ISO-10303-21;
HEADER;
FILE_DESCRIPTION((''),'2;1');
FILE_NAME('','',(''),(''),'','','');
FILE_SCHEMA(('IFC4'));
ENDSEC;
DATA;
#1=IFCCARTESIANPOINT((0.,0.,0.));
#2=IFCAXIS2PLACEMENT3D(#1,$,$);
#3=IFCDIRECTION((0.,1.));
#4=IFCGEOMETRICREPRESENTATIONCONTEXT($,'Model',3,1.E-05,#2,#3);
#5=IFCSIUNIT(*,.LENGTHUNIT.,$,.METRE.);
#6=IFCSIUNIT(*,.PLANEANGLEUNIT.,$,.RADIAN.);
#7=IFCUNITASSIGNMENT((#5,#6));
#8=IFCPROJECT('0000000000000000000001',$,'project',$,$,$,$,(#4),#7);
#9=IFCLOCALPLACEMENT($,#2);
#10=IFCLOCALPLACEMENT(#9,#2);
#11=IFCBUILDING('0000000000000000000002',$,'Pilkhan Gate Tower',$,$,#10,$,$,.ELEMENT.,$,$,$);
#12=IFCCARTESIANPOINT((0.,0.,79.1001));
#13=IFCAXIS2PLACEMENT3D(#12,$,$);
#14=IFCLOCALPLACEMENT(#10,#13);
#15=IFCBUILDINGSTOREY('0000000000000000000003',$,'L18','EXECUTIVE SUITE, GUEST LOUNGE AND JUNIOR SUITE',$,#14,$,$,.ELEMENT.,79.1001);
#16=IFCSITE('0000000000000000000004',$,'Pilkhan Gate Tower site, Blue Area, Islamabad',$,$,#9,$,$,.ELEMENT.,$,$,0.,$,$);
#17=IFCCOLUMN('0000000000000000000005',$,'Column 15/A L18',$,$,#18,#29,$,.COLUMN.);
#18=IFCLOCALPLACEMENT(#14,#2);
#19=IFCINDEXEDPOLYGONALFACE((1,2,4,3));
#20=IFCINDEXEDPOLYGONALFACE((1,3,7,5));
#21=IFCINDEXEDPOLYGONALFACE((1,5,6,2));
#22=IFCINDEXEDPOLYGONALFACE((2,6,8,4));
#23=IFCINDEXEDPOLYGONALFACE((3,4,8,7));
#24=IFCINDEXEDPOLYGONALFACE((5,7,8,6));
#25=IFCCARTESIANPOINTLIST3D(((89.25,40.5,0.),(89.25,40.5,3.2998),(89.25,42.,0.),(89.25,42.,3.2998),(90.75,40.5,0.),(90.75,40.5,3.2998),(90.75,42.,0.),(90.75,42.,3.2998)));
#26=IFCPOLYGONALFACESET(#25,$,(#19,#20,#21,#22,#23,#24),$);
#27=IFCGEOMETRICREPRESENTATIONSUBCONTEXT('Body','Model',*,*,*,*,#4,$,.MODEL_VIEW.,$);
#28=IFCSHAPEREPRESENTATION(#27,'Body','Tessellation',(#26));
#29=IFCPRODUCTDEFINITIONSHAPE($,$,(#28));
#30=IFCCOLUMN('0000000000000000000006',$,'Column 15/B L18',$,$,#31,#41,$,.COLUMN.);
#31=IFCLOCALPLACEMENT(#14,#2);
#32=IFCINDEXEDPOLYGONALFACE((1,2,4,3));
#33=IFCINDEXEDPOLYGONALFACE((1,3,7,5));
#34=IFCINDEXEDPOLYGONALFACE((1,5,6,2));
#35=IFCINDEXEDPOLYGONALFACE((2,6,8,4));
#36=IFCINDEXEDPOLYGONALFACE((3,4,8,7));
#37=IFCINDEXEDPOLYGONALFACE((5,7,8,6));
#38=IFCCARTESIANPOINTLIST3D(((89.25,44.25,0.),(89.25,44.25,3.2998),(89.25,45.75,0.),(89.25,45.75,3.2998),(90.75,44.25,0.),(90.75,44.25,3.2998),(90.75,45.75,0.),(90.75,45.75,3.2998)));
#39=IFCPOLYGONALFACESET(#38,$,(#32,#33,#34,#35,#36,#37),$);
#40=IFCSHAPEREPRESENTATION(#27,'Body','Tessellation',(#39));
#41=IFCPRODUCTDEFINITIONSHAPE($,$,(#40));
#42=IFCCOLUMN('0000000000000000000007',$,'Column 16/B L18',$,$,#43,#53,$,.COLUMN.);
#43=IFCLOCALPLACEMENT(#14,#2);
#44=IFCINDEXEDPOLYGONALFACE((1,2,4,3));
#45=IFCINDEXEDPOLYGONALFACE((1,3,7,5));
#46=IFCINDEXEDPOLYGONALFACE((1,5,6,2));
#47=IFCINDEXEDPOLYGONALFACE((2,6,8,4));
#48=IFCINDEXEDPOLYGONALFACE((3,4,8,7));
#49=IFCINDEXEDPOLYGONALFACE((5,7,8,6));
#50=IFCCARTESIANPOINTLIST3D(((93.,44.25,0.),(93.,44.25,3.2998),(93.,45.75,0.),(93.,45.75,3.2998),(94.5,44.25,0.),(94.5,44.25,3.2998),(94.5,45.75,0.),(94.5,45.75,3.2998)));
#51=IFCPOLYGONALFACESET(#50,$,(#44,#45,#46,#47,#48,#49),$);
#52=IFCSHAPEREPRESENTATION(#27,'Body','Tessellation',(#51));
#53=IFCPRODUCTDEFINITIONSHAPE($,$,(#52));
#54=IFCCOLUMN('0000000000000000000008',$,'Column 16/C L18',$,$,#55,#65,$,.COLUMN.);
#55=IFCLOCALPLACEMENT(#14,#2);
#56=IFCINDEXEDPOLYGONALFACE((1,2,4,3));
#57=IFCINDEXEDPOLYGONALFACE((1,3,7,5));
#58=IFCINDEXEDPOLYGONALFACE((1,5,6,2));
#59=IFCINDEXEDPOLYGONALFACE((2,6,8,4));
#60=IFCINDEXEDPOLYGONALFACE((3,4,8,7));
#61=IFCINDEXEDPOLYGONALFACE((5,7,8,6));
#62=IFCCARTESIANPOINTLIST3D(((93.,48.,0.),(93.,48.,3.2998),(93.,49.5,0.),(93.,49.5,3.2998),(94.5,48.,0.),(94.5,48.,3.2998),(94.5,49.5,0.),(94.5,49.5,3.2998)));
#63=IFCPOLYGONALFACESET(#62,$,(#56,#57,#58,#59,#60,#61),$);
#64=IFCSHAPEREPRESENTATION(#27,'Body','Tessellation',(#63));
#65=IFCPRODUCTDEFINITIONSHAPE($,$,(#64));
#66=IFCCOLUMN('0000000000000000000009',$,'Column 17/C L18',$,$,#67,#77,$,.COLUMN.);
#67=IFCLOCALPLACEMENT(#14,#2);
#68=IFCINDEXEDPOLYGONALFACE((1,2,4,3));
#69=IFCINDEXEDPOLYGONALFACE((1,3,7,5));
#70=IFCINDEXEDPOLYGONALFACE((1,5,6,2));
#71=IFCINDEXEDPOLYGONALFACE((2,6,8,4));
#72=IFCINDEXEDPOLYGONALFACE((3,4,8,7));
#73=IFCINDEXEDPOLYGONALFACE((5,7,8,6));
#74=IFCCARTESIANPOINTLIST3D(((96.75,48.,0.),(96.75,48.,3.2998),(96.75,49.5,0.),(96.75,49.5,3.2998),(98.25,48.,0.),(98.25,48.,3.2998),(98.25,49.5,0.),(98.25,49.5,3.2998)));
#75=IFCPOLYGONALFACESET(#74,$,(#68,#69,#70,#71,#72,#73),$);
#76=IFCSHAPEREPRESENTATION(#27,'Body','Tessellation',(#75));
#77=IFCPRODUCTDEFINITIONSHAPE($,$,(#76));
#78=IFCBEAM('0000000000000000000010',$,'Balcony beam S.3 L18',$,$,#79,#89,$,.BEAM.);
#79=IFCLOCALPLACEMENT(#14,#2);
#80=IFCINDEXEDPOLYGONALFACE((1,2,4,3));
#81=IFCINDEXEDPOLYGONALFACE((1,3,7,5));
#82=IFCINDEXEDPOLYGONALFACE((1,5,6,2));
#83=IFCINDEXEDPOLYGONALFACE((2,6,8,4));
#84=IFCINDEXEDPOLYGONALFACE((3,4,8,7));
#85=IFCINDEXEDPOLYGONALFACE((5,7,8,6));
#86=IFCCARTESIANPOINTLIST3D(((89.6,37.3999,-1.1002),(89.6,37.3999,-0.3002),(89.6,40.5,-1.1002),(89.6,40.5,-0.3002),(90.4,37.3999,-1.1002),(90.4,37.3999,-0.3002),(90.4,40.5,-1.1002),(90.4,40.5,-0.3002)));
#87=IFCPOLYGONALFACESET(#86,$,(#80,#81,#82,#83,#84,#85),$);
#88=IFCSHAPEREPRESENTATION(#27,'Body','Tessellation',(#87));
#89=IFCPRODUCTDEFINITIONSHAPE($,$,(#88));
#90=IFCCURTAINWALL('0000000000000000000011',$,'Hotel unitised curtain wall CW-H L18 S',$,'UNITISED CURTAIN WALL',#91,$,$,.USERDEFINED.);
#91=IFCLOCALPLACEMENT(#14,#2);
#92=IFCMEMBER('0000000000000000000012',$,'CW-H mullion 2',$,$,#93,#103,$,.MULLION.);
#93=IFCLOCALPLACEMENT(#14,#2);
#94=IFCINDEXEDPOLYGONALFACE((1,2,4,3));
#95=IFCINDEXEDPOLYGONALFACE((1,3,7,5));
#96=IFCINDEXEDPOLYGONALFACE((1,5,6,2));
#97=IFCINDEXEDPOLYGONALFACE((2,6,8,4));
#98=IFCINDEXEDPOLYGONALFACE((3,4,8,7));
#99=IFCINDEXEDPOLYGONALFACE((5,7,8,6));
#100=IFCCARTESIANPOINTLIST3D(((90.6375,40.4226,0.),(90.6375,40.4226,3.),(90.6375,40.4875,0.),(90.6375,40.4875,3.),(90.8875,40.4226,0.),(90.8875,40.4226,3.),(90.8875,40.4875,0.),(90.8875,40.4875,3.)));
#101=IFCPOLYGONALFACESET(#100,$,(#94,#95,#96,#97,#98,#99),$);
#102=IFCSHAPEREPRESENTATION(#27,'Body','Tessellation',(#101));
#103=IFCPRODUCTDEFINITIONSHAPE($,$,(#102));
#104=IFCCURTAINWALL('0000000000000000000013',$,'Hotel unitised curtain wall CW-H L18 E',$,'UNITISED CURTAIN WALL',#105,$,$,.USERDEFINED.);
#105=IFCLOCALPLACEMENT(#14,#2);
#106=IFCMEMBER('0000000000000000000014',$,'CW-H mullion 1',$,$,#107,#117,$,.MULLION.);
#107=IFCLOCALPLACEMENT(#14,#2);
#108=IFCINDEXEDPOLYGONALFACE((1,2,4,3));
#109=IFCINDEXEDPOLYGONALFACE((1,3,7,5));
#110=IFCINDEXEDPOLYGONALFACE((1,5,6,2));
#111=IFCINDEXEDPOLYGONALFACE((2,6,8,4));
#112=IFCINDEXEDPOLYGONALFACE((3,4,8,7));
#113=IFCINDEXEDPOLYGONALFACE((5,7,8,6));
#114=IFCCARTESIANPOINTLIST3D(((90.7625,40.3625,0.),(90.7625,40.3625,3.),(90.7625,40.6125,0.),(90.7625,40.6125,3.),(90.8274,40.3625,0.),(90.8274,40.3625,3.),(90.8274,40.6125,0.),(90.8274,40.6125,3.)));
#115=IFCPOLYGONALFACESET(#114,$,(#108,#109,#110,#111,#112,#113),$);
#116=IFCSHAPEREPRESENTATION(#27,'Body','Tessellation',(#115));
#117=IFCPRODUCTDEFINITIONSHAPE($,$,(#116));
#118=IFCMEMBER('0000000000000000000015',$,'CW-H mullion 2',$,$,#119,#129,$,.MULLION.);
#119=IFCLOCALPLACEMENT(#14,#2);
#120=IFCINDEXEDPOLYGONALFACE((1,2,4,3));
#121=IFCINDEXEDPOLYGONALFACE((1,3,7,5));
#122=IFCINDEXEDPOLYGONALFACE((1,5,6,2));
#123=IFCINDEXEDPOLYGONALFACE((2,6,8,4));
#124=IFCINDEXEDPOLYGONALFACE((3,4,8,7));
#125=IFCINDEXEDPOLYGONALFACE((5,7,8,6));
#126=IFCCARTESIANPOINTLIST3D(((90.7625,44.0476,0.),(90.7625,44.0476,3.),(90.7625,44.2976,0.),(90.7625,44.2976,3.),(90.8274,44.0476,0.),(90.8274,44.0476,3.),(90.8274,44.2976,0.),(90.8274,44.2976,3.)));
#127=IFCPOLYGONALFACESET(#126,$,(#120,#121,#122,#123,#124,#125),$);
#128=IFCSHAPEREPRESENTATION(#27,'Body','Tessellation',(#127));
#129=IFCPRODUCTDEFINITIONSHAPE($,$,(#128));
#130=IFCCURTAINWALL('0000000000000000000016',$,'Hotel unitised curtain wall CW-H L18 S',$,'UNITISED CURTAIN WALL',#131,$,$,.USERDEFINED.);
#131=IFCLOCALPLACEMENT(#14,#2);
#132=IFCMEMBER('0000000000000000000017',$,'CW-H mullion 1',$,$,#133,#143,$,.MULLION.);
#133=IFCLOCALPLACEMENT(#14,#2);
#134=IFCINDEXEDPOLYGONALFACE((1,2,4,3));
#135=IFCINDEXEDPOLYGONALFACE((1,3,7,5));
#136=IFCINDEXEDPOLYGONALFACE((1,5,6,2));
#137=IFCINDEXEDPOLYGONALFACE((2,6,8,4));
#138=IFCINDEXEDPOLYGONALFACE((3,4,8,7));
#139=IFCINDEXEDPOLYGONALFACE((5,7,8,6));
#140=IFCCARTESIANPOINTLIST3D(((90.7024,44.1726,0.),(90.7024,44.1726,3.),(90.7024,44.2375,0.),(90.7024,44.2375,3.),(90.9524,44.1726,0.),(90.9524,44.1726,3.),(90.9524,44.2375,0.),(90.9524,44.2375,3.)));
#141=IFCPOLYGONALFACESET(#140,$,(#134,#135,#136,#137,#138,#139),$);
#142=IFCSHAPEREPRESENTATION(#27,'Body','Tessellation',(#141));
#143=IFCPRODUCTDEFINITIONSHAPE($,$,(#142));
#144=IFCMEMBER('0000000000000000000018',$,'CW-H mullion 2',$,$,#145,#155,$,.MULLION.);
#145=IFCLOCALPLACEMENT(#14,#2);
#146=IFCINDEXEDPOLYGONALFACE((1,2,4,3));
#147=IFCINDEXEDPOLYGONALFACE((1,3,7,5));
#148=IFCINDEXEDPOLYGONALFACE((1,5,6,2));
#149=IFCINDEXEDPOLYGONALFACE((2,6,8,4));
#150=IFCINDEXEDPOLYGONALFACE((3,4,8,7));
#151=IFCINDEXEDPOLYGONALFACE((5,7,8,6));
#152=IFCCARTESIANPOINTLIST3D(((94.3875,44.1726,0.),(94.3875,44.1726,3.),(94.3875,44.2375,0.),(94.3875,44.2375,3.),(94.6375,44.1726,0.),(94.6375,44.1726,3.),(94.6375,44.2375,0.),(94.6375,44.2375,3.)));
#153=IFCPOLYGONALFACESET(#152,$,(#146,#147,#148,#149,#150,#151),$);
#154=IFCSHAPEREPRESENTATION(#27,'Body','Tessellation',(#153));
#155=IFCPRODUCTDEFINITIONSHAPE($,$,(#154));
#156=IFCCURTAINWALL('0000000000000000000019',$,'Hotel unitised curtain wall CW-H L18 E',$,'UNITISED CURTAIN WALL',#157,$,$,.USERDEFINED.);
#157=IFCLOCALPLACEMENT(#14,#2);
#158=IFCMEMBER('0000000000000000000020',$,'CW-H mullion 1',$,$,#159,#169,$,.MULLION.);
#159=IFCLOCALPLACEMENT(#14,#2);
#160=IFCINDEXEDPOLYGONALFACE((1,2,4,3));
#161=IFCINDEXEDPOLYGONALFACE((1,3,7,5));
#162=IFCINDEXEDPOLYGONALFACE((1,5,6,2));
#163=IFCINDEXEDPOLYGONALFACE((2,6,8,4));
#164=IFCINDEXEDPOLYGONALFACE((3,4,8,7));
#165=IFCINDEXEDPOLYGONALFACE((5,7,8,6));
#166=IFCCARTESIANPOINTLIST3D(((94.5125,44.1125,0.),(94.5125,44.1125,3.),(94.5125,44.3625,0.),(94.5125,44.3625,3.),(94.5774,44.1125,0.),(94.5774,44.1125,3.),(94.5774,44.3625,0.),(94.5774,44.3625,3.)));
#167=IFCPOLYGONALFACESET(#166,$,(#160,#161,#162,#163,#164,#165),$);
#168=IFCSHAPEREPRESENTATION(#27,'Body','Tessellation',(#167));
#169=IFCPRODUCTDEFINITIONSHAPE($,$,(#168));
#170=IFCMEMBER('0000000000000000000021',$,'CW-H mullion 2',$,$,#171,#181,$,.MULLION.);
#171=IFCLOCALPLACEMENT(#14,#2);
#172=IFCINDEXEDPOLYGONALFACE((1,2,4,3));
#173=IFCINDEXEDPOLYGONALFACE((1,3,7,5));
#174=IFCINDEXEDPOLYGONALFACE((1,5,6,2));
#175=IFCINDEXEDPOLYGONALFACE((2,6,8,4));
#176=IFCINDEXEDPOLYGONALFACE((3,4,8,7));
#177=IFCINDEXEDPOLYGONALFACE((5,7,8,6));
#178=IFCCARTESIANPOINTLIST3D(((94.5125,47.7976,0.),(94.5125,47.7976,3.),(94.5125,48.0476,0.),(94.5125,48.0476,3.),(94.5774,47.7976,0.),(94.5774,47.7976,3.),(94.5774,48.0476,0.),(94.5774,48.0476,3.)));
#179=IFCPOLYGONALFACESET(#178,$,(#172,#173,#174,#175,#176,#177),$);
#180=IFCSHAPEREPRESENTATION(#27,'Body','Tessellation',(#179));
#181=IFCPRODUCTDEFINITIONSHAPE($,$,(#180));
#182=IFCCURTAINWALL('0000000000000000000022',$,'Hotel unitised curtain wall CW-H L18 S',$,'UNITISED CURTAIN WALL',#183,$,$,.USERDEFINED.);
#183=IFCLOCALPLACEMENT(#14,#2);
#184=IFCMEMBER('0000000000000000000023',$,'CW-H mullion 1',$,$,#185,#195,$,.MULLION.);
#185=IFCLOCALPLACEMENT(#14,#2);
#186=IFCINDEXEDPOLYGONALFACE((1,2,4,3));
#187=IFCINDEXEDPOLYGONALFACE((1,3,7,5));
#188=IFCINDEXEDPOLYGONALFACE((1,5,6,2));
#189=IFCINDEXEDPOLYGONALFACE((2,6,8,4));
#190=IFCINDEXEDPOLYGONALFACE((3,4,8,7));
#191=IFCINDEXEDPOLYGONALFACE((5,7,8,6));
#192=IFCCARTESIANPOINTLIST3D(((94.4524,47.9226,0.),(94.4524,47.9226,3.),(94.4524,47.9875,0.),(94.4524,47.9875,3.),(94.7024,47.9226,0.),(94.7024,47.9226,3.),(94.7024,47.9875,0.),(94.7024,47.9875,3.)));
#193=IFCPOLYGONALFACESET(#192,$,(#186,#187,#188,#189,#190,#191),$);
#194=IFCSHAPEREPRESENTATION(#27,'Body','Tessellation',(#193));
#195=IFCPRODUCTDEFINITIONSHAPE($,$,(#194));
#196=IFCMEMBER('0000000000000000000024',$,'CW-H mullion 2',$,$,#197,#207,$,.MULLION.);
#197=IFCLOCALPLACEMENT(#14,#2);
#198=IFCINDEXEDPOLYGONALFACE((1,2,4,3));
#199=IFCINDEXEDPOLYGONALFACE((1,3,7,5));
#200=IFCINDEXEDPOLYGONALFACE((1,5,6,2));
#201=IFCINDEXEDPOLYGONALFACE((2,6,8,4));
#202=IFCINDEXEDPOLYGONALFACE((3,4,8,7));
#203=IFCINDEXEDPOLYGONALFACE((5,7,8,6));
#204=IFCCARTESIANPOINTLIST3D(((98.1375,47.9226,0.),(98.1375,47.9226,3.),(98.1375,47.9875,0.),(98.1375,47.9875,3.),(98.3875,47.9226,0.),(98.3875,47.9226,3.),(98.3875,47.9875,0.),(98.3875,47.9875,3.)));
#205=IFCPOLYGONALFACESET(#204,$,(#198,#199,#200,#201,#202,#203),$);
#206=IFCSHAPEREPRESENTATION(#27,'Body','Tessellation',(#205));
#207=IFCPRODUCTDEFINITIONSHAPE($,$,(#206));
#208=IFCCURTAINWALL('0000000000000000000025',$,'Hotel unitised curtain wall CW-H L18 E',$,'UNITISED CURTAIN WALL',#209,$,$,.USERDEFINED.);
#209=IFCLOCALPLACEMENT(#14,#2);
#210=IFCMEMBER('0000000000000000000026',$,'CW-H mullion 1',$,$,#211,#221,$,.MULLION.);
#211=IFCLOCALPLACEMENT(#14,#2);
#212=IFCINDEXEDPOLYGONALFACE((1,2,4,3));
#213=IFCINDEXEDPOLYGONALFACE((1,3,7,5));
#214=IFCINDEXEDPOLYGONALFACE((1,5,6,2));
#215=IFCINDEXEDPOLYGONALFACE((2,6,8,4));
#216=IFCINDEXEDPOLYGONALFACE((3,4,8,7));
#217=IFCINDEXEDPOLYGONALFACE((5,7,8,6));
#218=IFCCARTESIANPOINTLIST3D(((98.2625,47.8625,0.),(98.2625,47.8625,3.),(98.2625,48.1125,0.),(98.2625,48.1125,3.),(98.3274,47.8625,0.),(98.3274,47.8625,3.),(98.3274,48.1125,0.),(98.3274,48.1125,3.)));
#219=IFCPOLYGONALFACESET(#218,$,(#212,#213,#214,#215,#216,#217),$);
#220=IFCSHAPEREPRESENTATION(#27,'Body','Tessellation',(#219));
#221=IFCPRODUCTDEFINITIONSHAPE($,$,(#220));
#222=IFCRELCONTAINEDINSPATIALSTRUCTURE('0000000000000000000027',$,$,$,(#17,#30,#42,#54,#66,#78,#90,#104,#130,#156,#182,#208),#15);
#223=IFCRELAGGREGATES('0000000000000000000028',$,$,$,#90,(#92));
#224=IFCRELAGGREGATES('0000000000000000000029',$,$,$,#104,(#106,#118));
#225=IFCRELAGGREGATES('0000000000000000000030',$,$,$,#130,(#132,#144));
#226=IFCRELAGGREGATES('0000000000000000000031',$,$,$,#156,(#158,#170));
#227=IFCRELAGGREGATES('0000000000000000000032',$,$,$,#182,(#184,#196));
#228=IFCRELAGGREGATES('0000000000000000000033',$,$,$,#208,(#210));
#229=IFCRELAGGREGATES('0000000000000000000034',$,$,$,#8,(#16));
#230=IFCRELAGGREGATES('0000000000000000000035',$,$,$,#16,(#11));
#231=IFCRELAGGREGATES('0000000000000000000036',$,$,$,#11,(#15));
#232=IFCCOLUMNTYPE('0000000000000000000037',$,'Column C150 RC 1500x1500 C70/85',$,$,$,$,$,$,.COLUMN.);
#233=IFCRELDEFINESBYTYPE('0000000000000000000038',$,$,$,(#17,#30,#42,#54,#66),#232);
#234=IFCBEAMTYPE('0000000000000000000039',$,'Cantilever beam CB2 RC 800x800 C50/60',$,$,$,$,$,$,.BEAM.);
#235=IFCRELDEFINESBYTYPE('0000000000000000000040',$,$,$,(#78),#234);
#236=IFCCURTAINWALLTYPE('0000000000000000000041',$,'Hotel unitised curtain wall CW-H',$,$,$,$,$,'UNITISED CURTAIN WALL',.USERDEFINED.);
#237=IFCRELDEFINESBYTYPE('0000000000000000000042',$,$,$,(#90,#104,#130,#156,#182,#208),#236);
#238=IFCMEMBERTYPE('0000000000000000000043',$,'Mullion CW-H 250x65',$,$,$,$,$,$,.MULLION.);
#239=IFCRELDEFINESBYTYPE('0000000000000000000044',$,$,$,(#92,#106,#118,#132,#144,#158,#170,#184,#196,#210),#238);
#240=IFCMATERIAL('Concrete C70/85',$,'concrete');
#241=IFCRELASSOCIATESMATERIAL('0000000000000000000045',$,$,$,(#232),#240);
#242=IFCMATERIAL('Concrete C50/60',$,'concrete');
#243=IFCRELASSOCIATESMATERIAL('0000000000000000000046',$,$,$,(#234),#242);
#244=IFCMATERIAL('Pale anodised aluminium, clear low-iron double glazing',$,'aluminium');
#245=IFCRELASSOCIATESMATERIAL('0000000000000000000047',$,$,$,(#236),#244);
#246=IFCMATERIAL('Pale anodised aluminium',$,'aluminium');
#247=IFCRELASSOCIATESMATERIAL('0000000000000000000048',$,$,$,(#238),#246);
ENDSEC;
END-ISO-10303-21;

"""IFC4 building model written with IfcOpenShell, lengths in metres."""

from ifc_helpers import new_model, si_unit, direction, frame, origin, origin_2d, place, context, subcontext, project, spatial, rectangle, extrude, material, material_profile, profile_set, type_object, element, aggregate, save


model = new_model("IFC4")

# Units and contexts
model_context = context("Model", 3, precision=1e-05, world=origin(), true_north=direction((0.0, 1.0)))
body_context = subcontext(model_context, "Body", "Model", "MODEL_VIEW")
ifc_project = project(units=[si_unit("LENGTHUNIT", "METRE"), si_unit("PLANEANGLEUNIT", "RADIAN")], contexts=[model_context])

# Site, building, storey
site_placement = place(None, origin())
site = spatial("IfcSite", under=ifc_project, at=site_placement, Name="Pilkhan Gate Tower site, Blue Area, Islamabad", CompositionType="ELEMENT", RefElevation=0.0)
building_placement = place(site_placement, origin())
building = spatial("IfcBuilding", under=site, at=building_placement, Name="Pilkhan Gate Tower", CompositionType="ELEMENT")
storey_placement = place(building_placement, frame((0.0, 0.0, 79.1001)))
storey = spatial("IfcBuildingStorey", under=building, at=storey_placement, Name="L18", Description="EXECUTIVE SUITE, GUEST LOUNGE AND JUNIOR SUITE", CompositionType="ELEMENT", Elevation=79.1001)

# Columns
ifc_material_1 = material(Name="Concrete C70/85", Category="concrete")
ifc_material_profile_1 = material_profile(ifc_material_1, rectangle(XDim=1.5, YDim=1.5, at=origin_2d()), Name="RC 1500x1500")
ifc_profile_set_1 = profile_set([ifc_material_profile_1], Name="Concrete C70/85")
column_type = type_object("IfcColumnType", Name="Column C150 RC 1500x1500 C70/85", PredefinedType="COLUMN", material=ifc_profile_set_1)
for number, where, z_axis, x_axis, name in (
    (1, (90.0, 41.25, 0.0), (0.0, 0.0, 1.0), (1.0, 0.0, 0.0), "Column 15/A L18"),
    (2, (90.0, 45.0, 0.0), (0.0, 0.0, 1.0), (1.0, 0.0, 0.0), "Column 15/B L18"),
    (3, (93.75, 45.0, 0.0), (0.0, 0.0, 1.0), (1.0, 0.0, 0.0), "Column 16/B L18"),
    (4, (93.75, 48.75, 0.0), (0.0, 0.0, 1.0), (1.0, 0.0, 0.0), "Column 16/C L18"),
    (5, (97.5, 48.75, 0.0), (0.0, 0.0, 1.0), (1.0, 0.0, 0.0), "Column 17/C L18"),
):
    element("IfcColumn", number, at=place(storey_placement, frame(where, z_axis=z_axis, x_axis=x_axis)), inside=storey, type_object=column_type, Name=name, PredefinedType="COLUMN", context=body_context, shape_type="SweptSolid", body=[
        extrude(rectangle(XDim=1.5, YDim=1.5, at=origin_2d()), origin(), (0.0, 0.0, 1.0), 3.2998),
    ])

# Beam
ifc_material_2 = material(Name="Concrete C50/60", Category="concrete")
ifc_material_profile_2 = material_profile(ifc_material_2, rectangle(XDim=0.8, YDim=0.8, at=origin_2d()), Name="RC 800x800")
ifc_profile_set_2 = profile_set([ifc_material_profile_2], Name="Concrete C50/60")
beam_type = type_object("IfcBeamType", Name="Cantilever beam CB2 RC 800x800 C50/60", PredefinedType="BEAM", material=ifc_profile_set_2)
beam_placement = place(storey_placement, frame((90.0, 40.5, -0.7002), z_axis=(0.0, -1.0, 0.0), x_axis=(1.0, 0.0, 0.0)))
element("IfcBeam", 6, at=beam_placement, inside=storey, type_object=beam_type, Name="Balcony beam S.3 L18", PredefinedType="BEAM", context=body_context, shape_type="SweptSolid", body=[
    extrude(rectangle(XDim=0.8, YDim=0.8, at=origin_2d()), origin(), (0.0, 0.0, 1.0), 3.1001),
])

# Curtain wall, member
ifc_material_3 = material(Name="Pale anodised aluminium, clear low-iron double glazing", Category="aluminium")
curtain_wall_type = type_object("IfcCurtainWallType", Name="Hotel unitised curtain wall CW-H", ElementType="UNITISED CURTAIN WALL", PredefinedType="USERDEFINED", material=ifc_material_3)
curtain_wall_1_placement = place(storey_placement, origin())
curtain_wall_1 = element("IfcCurtainWall", 7, at=curtain_wall_1_placement, inside=storey, type_object=curtain_wall_type, Name="Hotel unitised curtain wall CW-H L18 S", ObjectType="UNITISED CURTAIN WALL", PredefinedType="USERDEFINED")
ifc_material_4 = material(Name="Pale anodised aluminium", Category="aluminium")
ifc_material_profile_3 = material_profile(ifc_material_4, rectangle(XDim=0.0649, YDim=0.25, at=origin_2d()), Name="Mullion 250x65")
ifc_profile_set_3 = profile_set([ifc_material_profile_3], Name="Pale anodised aluminium")
member_type_1 = type_object("IfcMemberType", Name="Mullion CW-H 250x65", PredefinedType="MULLION", material=ifc_profile_set_3)
member_1_placement = place(storey_placement, frame((90.7625, 40.4551, 0.0), z_axis=(0.0, 0.0, 1.0), x_axis=(0.0, 1.0, 0.0)))
member_1 = element("IfcMember", 8, at=member_1_placement, type_object=member_type_1, Name="CW-H mullion 2", PredefinedType="MULLION", context=body_context, shape_type="SweptSolid", body=[
    extrude(rectangle(XDim=0.0649, YDim=0.25, at=origin_2d()), origin(), (0.0, 0.0, 1.0), 3.0),
])

# Curtain walls, members
curtain_wall_2_placement = place(storey_placement, origin())
curtain_wall_2 = element("IfcCurtainWall", 9, at=curtain_wall_2_placement, inside=storey, type_object=curtain_wall_type, Name="Hotel unitised curtain wall CW-H L18 E", ObjectType="UNITISED CURTAIN WALL", PredefinedType="USERDEFINED")
member_2_placement = place(storey_placement, frame((90.7949, 40.4875, 0.0), z_axis=(0.0, 0.0, 1.0), x_axis=(-1.0, 0.0, 0.0)))
member_2 = element("IfcMember", 10, at=member_2_placement, type_object=member_type_1, Name="CW-H mullion 1", PredefinedType="MULLION", context=body_context, shape_type="SweptSolid", body=[
    extrude(rectangle(XDim=0.0649, YDim=0.25, at=origin_2d()), origin(), (0.0, 0.0, 1.0), 3.0),
])
member_3_placement = place(storey_placement, frame((90.7949, 44.1726, 0.0), z_axis=(0.0, 0.0, 1.0), x_axis=(-1.0, 0.0, 0.0)))
member_3 = element("IfcMember", 11, at=member_3_placement, type_object=member_type_1, Name="CW-H mullion 2", PredefinedType="MULLION", context=body_context, shape_type="SweptSolid", body=[
    extrude(rectangle(XDim=0.0649, YDim=0.25, at=origin_2d()), origin(), (0.0, 0.0, 1.0), 3.0),
])
curtain_wall_3_placement = place(storey_placement, origin())
curtain_wall_3 = element("IfcCurtainWall", 12, at=curtain_wall_3_placement, inside=storey, type_object=curtain_wall_type, Name="Hotel unitised curtain wall CW-H L18 S", ObjectType="UNITISED CURTAIN WALL", PredefinedType="USERDEFINED")
member_4_placement = place(storey_placement, frame((90.8274, 44.2051, 0.0), z_axis=(0.0, 0.0, 1.0), x_axis=(0.0, 1.0, 0.0)))
member_4 = element("IfcMember", 13, at=member_4_placement, type_object=member_type_1, Name="CW-H mullion 1", PredefinedType="MULLION", context=body_context, shape_type="SweptSolid", body=[
    extrude(rectangle(XDim=0.0649, YDim=0.25, at=origin_2d()), origin(), (0.0, 0.0, 1.0), 3.0),
])
member_5_placement = place(storey_placement, frame((94.5125, 44.2051, 0.0), z_axis=(0.0, 0.0, 1.0), x_axis=(0.0, 1.0, 0.0)))
member_5 = element("IfcMember", 14, at=member_5_placement, type_object=member_type_1, Name="CW-H mullion 2", PredefinedType="MULLION", context=body_context, shape_type="SweptSolid", body=[
    extrude(rectangle(XDim=0.0649, YDim=0.25, at=origin_2d()), origin(), (0.0, 0.0, 1.0), 3.0),
])
curtain_wall_4_placement = place(storey_placement, origin())
curtain_wall_4 = element("IfcCurtainWall", 15, at=curtain_wall_4_placement, inside=storey, type_object=curtain_wall_type, Name="Hotel unitised curtain wall CW-H L18 E", ObjectType="UNITISED CURTAIN WALL", PredefinedType="USERDEFINED")
member_6_placement = place(storey_placement, frame((94.5449, 44.2375, 0.0), z_axis=(0.0, 0.0, 1.0), x_axis=(-1.0, 0.0, 0.0)))
member_6 = element("IfcMember", 16, at=member_6_placement, type_object=member_type_1, Name="CW-H mullion 1", PredefinedType="MULLION", context=body_context, shape_type="SweptSolid", body=[
    extrude(rectangle(XDim=0.0649, YDim=0.25, at=origin_2d()), origin(), (0.0, 0.0, 1.0), 3.0),
])
member_7_placement = place(storey_placement, frame((94.5449, 47.9226, 0.0), z_axis=(0.0, 0.0, 1.0), x_axis=(-1.0, 0.0, 0.0)))
member_7 = element("IfcMember", 17, at=member_7_placement, type_object=member_type_1, Name="CW-H mullion 2", PredefinedType="MULLION", context=body_context, shape_type="SweptSolid", body=[
    extrude(rectangle(XDim=0.0649, YDim=0.25, at=origin_2d()), origin(), (0.0, 0.0, 1.0), 3.0),
])
curtain_wall_5_placement = place(storey_placement, origin())
curtain_wall_5 = element("IfcCurtainWall", 18, at=curtain_wall_5_placement, inside=storey, type_object=curtain_wall_type, Name="Hotel unitised curtain wall CW-H L18 S", ObjectType="UNITISED CURTAIN WALL", PredefinedType="USERDEFINED")
member_8_placement = place(storey_placement, frame((94.5774, 47.9551, 0.0), z_axis=(0.0, 0.0, 1.0), x_axis=(0.0, 1.0, 0.0)))
member_8 = element("IfcMember", 19, at=member_8_placement, type_object=member_type_1, Name="CW-H mullion 1", PredefinedType="MULLION", context=body_context, shape_type="SweptSolid", body=[
    extrude(rectangle(XDim=0.0649, YDim=0.25, at=origin_2d()), origin(), (0.0, 0.0, 1.0), 3.0),
])
member_9_placement = place(storey_placement, frame((98.2625, 47.9551, 0.0), z_axis=(0.0, 0.0, 1.0), x_axis=(0.0, 1.0, 0.0)))
member_9 = element("IfcMember", 20, at=member_9_placement, type_object=member_type_1, Name="CW-H mullion 2", PredefinedType="MULLION", context=body_context, shape_type="SweptSolid", body=[
    extrude(rectangle(XDim=0.0649, YDim=0.25, at=origin_2d()), origin(), (0.0, 0.0, 1.0), 3.0),
])
curtain_wall_6_placement = place(storey_placement, origin())
curtain_wall_6 = element("IfcCurtainWall", 21, at=curtain_wall_6_placement, inside=storey, type_object=curtain_wall_type, Name="Hotel unitised curtain wall CW-H L18 E", ObjectType="UNITISED CURTAIN WALL", PredefinedType="USERDEFINED")
member_10_placement = place(storey_placement, frame((98.2949, 47.9875, 0.0), z_axis=(0.0, 0.0, 1.0), x_axis=(-1.0, 0.0, 0.0)))
member_10 = element("IfcMember", 22, at=member_10_placement, type_object=member_type_1, Name="CW-H mullion 1", PredefinedType="MULLION", context=body_context, shape_type="SweptSolid", body=[
    extrude(rectangle(XDim=0.0649, YDim=0.25, at=origin_2d()), origin(), (0.0, 0.0, 1.0), 3.0),
])

aggregate(curtain_wall_1, [member_1])
aggregate(curtain_wall_2, [member_2, member_3])
aggregate(curtain_wall_3, [member_4, member_5])
aggregate(curtain_wall_4, [member_6, member_7])
aggregate(curtain_wall_5, [member_8, member_9])
aggregate(curtain_wall_6, [member_10])

save(model, "model.ifc")
